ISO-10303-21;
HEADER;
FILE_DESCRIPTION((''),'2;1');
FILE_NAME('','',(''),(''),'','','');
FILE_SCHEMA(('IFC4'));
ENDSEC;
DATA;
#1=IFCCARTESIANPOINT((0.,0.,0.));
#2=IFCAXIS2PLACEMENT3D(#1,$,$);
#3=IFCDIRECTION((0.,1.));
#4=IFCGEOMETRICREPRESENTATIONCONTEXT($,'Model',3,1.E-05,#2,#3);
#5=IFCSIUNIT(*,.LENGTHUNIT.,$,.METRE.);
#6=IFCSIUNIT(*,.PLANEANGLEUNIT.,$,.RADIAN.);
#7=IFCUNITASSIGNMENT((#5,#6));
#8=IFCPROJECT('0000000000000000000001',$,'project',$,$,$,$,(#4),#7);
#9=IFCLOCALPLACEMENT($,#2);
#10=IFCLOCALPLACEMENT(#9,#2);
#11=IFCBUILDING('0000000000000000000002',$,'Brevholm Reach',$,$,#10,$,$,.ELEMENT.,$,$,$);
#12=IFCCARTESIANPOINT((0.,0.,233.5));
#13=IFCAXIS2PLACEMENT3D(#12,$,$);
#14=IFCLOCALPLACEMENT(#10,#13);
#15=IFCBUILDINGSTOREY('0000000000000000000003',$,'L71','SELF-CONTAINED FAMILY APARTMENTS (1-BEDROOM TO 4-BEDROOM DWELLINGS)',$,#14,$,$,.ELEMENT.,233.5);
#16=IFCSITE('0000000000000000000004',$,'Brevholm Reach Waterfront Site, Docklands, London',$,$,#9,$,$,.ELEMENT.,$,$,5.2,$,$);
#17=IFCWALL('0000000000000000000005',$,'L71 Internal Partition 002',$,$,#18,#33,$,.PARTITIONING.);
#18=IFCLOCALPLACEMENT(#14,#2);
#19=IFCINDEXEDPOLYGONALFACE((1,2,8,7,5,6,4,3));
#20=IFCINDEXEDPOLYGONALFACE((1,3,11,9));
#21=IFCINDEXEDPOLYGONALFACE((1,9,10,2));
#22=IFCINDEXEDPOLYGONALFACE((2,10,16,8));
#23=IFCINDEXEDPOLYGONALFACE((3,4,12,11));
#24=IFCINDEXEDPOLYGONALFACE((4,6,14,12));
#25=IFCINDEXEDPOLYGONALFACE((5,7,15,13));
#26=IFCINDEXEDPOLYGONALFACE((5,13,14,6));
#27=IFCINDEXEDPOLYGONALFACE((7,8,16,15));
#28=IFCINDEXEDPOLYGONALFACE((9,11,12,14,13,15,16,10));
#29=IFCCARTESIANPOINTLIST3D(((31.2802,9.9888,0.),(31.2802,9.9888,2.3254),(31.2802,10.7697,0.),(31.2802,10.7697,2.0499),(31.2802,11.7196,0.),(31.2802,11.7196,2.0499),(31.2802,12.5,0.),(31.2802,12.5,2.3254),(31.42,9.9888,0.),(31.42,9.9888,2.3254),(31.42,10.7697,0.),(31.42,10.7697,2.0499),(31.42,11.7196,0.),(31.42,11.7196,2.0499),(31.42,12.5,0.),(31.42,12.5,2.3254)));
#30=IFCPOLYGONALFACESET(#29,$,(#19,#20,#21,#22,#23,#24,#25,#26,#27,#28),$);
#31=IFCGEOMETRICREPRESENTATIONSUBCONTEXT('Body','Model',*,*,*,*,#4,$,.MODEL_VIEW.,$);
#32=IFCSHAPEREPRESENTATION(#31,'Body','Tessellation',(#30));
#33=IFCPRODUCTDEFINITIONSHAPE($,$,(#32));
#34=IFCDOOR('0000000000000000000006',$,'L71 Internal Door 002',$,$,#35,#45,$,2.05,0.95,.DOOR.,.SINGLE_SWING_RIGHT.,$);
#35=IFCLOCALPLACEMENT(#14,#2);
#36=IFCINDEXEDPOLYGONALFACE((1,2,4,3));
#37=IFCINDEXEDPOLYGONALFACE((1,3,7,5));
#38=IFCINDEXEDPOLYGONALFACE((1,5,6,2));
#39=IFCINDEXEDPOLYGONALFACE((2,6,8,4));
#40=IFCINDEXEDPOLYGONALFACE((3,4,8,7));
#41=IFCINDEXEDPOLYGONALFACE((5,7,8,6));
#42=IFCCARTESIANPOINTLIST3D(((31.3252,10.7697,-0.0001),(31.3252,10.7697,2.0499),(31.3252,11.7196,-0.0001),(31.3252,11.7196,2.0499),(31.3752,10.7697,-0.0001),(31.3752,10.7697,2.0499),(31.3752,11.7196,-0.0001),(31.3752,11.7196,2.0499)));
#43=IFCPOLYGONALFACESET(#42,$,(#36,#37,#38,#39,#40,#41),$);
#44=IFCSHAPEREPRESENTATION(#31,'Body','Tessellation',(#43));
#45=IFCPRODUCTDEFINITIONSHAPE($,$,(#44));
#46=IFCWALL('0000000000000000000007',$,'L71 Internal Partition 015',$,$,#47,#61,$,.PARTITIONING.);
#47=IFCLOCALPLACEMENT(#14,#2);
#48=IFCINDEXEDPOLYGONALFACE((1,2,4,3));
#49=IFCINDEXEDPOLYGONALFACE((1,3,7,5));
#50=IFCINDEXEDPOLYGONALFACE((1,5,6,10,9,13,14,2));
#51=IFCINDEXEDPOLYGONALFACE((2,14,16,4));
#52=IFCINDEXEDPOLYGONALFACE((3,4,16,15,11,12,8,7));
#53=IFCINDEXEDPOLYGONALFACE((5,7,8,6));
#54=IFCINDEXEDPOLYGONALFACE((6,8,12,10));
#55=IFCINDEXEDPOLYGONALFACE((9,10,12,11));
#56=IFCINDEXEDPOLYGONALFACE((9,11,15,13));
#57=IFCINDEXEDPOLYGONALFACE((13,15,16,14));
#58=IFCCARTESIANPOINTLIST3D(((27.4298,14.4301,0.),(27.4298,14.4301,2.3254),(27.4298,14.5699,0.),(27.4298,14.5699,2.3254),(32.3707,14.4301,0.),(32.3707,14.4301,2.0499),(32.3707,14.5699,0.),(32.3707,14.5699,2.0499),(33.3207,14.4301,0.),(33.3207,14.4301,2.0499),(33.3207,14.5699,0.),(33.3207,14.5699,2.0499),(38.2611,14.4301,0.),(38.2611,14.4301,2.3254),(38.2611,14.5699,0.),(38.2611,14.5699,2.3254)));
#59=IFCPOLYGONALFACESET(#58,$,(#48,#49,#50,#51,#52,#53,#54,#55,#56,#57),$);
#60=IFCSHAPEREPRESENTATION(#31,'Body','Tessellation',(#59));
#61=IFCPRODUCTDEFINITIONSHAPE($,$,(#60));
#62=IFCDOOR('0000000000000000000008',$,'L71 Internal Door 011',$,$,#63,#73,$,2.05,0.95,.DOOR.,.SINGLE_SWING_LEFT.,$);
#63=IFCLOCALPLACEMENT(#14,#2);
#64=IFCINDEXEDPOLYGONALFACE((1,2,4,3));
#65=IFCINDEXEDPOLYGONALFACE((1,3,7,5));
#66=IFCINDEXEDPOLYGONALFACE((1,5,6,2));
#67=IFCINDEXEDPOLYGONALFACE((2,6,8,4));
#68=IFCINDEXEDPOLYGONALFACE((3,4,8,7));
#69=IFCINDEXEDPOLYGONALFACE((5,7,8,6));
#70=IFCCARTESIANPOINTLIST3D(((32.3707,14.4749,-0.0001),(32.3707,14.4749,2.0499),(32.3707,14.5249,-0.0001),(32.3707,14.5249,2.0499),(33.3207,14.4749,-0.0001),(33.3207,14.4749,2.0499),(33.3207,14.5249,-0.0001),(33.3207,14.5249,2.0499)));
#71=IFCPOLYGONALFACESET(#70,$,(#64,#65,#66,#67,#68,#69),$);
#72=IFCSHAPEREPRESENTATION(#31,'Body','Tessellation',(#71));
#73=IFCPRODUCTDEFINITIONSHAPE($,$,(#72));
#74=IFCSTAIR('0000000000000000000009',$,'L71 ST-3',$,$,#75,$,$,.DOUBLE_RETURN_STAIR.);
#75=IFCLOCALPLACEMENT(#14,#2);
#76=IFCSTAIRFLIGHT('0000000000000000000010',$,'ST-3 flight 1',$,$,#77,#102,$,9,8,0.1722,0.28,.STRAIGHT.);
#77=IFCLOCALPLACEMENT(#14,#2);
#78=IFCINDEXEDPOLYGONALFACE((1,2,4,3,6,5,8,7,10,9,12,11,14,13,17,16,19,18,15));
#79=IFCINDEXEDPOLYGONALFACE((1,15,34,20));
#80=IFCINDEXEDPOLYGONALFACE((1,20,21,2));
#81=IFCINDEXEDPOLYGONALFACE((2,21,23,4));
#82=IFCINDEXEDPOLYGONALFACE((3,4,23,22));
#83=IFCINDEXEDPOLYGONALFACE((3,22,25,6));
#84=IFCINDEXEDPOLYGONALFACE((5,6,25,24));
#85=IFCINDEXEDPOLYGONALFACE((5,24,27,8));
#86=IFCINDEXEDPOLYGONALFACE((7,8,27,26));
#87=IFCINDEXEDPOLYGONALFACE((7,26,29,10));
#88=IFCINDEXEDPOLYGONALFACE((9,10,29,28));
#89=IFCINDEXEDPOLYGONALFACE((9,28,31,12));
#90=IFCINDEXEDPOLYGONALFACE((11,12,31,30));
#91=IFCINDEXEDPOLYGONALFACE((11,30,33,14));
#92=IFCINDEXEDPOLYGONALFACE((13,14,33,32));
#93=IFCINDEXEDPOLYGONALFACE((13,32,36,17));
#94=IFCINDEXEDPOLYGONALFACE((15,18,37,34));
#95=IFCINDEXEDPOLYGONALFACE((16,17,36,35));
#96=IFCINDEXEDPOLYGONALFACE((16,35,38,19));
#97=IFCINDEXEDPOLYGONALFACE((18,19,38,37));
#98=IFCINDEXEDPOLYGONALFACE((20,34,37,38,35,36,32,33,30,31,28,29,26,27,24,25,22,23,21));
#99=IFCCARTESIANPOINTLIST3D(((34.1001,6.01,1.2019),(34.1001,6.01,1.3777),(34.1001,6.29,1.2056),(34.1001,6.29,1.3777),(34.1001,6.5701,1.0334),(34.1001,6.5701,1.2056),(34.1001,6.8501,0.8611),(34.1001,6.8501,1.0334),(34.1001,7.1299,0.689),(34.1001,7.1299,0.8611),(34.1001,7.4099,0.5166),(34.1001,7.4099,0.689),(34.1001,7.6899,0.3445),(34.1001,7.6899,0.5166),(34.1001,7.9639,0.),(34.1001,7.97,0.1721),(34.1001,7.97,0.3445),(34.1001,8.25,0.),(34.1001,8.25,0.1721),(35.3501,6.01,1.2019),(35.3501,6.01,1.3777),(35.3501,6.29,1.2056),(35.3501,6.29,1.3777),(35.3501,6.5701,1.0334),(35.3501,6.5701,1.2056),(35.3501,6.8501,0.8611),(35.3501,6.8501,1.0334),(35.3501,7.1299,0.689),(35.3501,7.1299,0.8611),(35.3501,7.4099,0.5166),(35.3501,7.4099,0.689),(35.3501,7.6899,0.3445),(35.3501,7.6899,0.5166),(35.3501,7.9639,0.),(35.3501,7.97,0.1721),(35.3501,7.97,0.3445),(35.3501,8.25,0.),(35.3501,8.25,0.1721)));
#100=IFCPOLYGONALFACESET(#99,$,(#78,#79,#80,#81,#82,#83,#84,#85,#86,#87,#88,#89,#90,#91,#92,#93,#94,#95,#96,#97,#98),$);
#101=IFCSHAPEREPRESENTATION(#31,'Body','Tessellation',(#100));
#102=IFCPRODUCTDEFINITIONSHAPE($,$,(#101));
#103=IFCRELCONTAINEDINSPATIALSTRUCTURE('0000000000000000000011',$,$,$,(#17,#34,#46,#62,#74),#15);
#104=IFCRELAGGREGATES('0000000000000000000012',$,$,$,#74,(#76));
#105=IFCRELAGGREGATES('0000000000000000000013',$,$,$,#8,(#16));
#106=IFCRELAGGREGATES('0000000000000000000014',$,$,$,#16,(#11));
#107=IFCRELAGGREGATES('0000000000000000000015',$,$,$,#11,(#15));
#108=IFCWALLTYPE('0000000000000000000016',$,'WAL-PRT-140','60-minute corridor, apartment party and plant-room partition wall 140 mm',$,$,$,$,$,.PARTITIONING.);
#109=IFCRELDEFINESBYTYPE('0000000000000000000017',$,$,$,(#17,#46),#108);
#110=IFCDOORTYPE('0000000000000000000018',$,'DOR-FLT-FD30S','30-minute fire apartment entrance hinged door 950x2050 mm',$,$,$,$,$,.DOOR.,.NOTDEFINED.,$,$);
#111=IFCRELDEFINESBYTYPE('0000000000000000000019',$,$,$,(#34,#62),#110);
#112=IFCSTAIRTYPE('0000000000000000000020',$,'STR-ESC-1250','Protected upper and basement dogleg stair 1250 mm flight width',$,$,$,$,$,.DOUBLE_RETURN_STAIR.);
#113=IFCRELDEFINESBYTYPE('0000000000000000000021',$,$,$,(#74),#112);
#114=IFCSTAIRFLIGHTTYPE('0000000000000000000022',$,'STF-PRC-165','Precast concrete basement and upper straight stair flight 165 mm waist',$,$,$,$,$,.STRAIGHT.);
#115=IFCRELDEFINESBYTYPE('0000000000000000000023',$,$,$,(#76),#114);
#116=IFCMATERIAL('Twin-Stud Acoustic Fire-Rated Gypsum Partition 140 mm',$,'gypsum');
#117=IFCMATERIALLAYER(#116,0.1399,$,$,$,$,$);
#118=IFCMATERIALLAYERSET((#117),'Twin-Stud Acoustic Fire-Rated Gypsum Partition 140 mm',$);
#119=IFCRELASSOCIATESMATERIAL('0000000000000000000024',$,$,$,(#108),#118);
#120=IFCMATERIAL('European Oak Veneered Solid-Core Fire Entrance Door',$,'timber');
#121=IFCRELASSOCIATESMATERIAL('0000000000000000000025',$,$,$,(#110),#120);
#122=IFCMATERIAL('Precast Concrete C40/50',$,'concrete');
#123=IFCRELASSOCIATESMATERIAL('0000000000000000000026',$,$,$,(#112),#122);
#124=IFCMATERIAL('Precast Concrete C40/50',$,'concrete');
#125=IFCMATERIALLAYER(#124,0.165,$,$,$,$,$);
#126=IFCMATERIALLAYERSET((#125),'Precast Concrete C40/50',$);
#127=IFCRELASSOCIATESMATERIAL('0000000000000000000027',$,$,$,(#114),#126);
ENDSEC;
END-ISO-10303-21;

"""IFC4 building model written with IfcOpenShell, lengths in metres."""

from ifc_helpers import new_model, si_unit, direction, frame, frame_2d, origin, place, context, subcontext, project, spatial, polyline, rectangle, outline, extrude, material, layer, layer_set, type_object, element, fill, aggregate, save


model = new_model("IFC4")

# Units and contexts
model_context = context("Model", 3, precision=1e-05, world=origin(), true_north=direction((0.0, 1.0)))
body_context = subcontext(model_context, "Body", "Model", "MODEL_VIEW")
ifc_project = project(units=[si_unit("LENGTHUNIT", "METRE"), si_unit("PLANEANGLEUNIT", "RADIAN")], contexts=[model_context])

# Site, building, storey
site_placement = place(None, origin())
site = spatial("IfcSite", under=ifc_project, at=site_placement, Name="Brevholm Reach Waterfront Site, Docklands, London", CompositionType="ELEMENT", RefElevation=5.2)
building_placement = place(site_placement, origin())
building = spatial("IfcBuilding", under=site, at=building_placement, Name="Brevholm Reach", CompositionType="ELEMENT")
storey_placement = place(building_placement, frame((0.0, 0.0, 233.5)))
storey = spatial("IfcBuildingStorey", under=building, at=storey_placement, Name="L71", Description="SELF-CONTAINED FAMILY APARTMENTS (1-BEDROOM TO 4-BEDROOM DWELLINGS)", CompositionType="ELEMENT", Elevation=233.5)

# Walls, openings, doors
ifc_material_1 = material(Name="Twin-Stud Acoustic Fire-Rated Gypsum Partition 140 mm", Category="gypsum")
ifc_layer_1 = layer(ifc_material_1, 0.1399)
ifc_layer_set_1 = layer_set([ifc_layer_1], Name="Twin-Stud Acoustic Fire-Rated Gypsum Partition 140 mm")
wall_type_1 = type_object("IfcWallType", Name="WAL-PRT-140", Description="60-minute corridor, apartment party and plant-room partition wall 140 mm", PredefinedType="PARTITIONING", material=ifc_layer_set_1)
ifc_material_2 = material(Name="European Oak Veneered Solid-Core Fire Entrance Door", Category="timber")
door_type = type_object("IfcDoorType", Name="DOR-FLT-FD30S", Description="30-minute fire apartment entrance hinged door 950x2050 mm", OperationType="NOTDEFINED", PredefinedType="DOOR", material=ifc_material_2)
wall_1_placement = place(storey_placement, frame((31.3501, 9.9888, 0.0), z_axis=(0.0, 0.0, 1.0), x_axis=(0.0, 1.0, 0.0)))
wall_1 = element("IfcWall", 1, at=wall_1_placement, inside=storey, type_object=wall_type_1, Name="L71 Internal Partition 002", PredefinedType="PARTITIONING", context=body_context, shape_type="SweptSolid", body=[
    extrude(rectangle(XDim=2.5112, YDim=0.1399, at=frame_2d((1.2556, 0.0))), origin(), (0.0, 0.0, 1.0), 2.3254),
])
opening_1_placement = place(wall_1_placement, frame((0.7808, 0.0, 0.0)))
opening_1 = element("IfcOpeningElement", 2, at=opening_1_placement, cuts=wall_1, PredefinedType="OPENING", context=body_context, shape_type="SweptSolid", body=[
    extrude(rectangle(XDim=0.95, YDim=2.05, at=frame_2d((0.4751, 1.0249))), frame((0.0, 0.0798, 0.0), z_axis=(0.0, -1.0, 0.0), x_axis=(1.0, 0.0, 0.0)), (0.0, 0.0, 1.0), 0.1599),
])
door_1_placement = place(opening_1_placement, origin())
door_1 = element("IfcDoor", 3, at=door_1_placement, inside=storey, type_object=door_type, Name="L71 Internal Door 002", OperationType="SINGLE_SWING_RIGHT", OverallHeight=2.05, OverallWidth=0.95, PredefinedType="DOOR", context=body_context, shape_type="SweptSolid", body=[
    extrude(rectangle(XDim=0.95, YDim=2.05, at=frame_2d((0.4751, 1.0249))), frame((0.0, 0.0249, 0.0), z_axis=(0.0, -1.0, 0.0), x_axis=(1.0, 0.0, 0.0)), (0.0, 0.0, 1.0), 0.05),
])
fill(opening_1, door_1)
wall_2_placement = place(storey_placement, frame((27.4299, 14.5, 0.0), z_axis=(0.0, 0.0, 1.0), x_axis=(1.0, 0.0, 0.0)))
wall_2 = element("IfcWall", 4, at=wall_2_placement, inside=storey, type_object=wall_type_1, Name="L71 Internal Partition 015", PredefinedType="PARTITIONING", context=body_context, shape_type="SweptSolid", body=[
    extrude(rectangle(XDim=10.8313, YDim=0.1399, at=frame_2d((5.4155, 0.0))), origin(), (0.0, 0.0, 1.0), 2.3254),
])
opening_2_placement = place(wall_2_placement, frame((4.9407, 0.0, 0.0)))
opening_2 = element("IfcOpeningElement", 5, at=opening_2_placement, cuts=wall_2, PredefinedType="OPENING", context=body_context, shape_type="SweptSolid", body=[
    extrude(rectangle(XDim=0.95, YDim=2.05, at=frame_2d((0.4751, 1.0249))), frame((0.0, 0.0798, 0.0), z_axis=(0.0, -1.0, 0.0), x_axis=(1.0, 0.0, 0.0)), (0.0, 0.0, 1.0), 0.1599),
])
door_2_placement = place(opening_2_placement, origin())
door_2 = element("IfcDoor", 6, at=door_2_placement, inside=storey, type_object=door_type, Name="L71 Internal Door 011", OperationType="SINGLE_SWING_LEFT", OverallHeight=2.05, OverallWidth=0.95, PredefinedType="DOOR", context=body_context, shape_type="SweptSolid", body=[
    extrude(rectangle(XDim=0.95, YDim=2.05, at=frame_2d((0.4751, 1.0249))), frame((0.0, 0.0249, 0.0), z_axis=(0.0, -1.0, 0.0), x_axis=(1.0, 0.0, 0.0)), (0.0, 0.0, 1.0), 0.05),
])
fill(opening_2, door_2)

# Stair, stair flight
ifc_material_3 = material(Name="Precast Concrete C40/50", Category="concrete")
stair_type = type_object("IfcStairType", Name="STR-ESC-1250", Description="Protected upper and basement dogleg stair 1250 mm flight width", PredefinedType="DOUBLE_RETURN_STAIR", material=ifc_material_3)
stair_placement = place(storey_placement, origin())
stair = element("IfcStair", 7, at=stair_placement, inside=storey, type_object=stair_type, Name="L71 ST-3", PredefinedType="DOUBLE_RETURN_STAIR")
ifc_material_4 = material(Name="Precast Concrete C40/50", Category="concrete")
ifc_layer_2 = layer(ifc_material_4, 0.165)
ifc_layer_set_2 = layer_set([ifc_layer_2], Name="Precast Concrete C40/50")
stair_flight_type = type_object("IfcStairFlightType", Name="STF-PRC-165", Description="Precast concrete basement and upper straight stair flight 165 mm waist", PredefinedType="STRAIGHT", material=ifc_layer_set_2)
stair_flight_placement = place(storey_placement, frame((34.7251, 8.25, 0.0), z_axis=(0.0, 0.0, 1.0), x_axis=(0.0, -1.0, 0.0)))
stair_flight = element("IfcStairFlight", 8, at=stair_flight_placement, type_object=stair_flight_type, Name="ST-3 flight 1", NumberOfRisers=9, NumberOfTreads=8, PredefinedType="STRAIGHT", RiserHeight=0.1722, TreadLength=0.28, context=body_context, shape_type="SweptSolid", body=[
    extrude(outline(polyline([(0.0, 0.0), (0.0, 0.1721), (0.28, 0.1721), (0.28, 0.3445), (0.5601, 0.3445), (0.5601, 0.5166), (0.8401, 0.5166), (0.8401, 0.689), (1.1201, 0.689), (1.1201, 0.8611), (1.3999, 0.8611), (1.3999, 1.0334), (1.6799, 1.0334), (1.6799, 1.2056), (1.96, 1.2056), (1.96, 1.3777), (2.24, 1.3777), (2.24, 1.55), (2.24, 1.2019), (0.2861, 0.0), (0.0, 0.0)])), frame((0.0, 0.625, 0.0), z_axis=(0.0, -1.0, 0.0), x_axis=(1.0, 0.0, 0.0)), (0.0, 0.0, 1.0), 1.25),
])
aggregate(stair, [stair_flight])

save(model, "model.ifc")
